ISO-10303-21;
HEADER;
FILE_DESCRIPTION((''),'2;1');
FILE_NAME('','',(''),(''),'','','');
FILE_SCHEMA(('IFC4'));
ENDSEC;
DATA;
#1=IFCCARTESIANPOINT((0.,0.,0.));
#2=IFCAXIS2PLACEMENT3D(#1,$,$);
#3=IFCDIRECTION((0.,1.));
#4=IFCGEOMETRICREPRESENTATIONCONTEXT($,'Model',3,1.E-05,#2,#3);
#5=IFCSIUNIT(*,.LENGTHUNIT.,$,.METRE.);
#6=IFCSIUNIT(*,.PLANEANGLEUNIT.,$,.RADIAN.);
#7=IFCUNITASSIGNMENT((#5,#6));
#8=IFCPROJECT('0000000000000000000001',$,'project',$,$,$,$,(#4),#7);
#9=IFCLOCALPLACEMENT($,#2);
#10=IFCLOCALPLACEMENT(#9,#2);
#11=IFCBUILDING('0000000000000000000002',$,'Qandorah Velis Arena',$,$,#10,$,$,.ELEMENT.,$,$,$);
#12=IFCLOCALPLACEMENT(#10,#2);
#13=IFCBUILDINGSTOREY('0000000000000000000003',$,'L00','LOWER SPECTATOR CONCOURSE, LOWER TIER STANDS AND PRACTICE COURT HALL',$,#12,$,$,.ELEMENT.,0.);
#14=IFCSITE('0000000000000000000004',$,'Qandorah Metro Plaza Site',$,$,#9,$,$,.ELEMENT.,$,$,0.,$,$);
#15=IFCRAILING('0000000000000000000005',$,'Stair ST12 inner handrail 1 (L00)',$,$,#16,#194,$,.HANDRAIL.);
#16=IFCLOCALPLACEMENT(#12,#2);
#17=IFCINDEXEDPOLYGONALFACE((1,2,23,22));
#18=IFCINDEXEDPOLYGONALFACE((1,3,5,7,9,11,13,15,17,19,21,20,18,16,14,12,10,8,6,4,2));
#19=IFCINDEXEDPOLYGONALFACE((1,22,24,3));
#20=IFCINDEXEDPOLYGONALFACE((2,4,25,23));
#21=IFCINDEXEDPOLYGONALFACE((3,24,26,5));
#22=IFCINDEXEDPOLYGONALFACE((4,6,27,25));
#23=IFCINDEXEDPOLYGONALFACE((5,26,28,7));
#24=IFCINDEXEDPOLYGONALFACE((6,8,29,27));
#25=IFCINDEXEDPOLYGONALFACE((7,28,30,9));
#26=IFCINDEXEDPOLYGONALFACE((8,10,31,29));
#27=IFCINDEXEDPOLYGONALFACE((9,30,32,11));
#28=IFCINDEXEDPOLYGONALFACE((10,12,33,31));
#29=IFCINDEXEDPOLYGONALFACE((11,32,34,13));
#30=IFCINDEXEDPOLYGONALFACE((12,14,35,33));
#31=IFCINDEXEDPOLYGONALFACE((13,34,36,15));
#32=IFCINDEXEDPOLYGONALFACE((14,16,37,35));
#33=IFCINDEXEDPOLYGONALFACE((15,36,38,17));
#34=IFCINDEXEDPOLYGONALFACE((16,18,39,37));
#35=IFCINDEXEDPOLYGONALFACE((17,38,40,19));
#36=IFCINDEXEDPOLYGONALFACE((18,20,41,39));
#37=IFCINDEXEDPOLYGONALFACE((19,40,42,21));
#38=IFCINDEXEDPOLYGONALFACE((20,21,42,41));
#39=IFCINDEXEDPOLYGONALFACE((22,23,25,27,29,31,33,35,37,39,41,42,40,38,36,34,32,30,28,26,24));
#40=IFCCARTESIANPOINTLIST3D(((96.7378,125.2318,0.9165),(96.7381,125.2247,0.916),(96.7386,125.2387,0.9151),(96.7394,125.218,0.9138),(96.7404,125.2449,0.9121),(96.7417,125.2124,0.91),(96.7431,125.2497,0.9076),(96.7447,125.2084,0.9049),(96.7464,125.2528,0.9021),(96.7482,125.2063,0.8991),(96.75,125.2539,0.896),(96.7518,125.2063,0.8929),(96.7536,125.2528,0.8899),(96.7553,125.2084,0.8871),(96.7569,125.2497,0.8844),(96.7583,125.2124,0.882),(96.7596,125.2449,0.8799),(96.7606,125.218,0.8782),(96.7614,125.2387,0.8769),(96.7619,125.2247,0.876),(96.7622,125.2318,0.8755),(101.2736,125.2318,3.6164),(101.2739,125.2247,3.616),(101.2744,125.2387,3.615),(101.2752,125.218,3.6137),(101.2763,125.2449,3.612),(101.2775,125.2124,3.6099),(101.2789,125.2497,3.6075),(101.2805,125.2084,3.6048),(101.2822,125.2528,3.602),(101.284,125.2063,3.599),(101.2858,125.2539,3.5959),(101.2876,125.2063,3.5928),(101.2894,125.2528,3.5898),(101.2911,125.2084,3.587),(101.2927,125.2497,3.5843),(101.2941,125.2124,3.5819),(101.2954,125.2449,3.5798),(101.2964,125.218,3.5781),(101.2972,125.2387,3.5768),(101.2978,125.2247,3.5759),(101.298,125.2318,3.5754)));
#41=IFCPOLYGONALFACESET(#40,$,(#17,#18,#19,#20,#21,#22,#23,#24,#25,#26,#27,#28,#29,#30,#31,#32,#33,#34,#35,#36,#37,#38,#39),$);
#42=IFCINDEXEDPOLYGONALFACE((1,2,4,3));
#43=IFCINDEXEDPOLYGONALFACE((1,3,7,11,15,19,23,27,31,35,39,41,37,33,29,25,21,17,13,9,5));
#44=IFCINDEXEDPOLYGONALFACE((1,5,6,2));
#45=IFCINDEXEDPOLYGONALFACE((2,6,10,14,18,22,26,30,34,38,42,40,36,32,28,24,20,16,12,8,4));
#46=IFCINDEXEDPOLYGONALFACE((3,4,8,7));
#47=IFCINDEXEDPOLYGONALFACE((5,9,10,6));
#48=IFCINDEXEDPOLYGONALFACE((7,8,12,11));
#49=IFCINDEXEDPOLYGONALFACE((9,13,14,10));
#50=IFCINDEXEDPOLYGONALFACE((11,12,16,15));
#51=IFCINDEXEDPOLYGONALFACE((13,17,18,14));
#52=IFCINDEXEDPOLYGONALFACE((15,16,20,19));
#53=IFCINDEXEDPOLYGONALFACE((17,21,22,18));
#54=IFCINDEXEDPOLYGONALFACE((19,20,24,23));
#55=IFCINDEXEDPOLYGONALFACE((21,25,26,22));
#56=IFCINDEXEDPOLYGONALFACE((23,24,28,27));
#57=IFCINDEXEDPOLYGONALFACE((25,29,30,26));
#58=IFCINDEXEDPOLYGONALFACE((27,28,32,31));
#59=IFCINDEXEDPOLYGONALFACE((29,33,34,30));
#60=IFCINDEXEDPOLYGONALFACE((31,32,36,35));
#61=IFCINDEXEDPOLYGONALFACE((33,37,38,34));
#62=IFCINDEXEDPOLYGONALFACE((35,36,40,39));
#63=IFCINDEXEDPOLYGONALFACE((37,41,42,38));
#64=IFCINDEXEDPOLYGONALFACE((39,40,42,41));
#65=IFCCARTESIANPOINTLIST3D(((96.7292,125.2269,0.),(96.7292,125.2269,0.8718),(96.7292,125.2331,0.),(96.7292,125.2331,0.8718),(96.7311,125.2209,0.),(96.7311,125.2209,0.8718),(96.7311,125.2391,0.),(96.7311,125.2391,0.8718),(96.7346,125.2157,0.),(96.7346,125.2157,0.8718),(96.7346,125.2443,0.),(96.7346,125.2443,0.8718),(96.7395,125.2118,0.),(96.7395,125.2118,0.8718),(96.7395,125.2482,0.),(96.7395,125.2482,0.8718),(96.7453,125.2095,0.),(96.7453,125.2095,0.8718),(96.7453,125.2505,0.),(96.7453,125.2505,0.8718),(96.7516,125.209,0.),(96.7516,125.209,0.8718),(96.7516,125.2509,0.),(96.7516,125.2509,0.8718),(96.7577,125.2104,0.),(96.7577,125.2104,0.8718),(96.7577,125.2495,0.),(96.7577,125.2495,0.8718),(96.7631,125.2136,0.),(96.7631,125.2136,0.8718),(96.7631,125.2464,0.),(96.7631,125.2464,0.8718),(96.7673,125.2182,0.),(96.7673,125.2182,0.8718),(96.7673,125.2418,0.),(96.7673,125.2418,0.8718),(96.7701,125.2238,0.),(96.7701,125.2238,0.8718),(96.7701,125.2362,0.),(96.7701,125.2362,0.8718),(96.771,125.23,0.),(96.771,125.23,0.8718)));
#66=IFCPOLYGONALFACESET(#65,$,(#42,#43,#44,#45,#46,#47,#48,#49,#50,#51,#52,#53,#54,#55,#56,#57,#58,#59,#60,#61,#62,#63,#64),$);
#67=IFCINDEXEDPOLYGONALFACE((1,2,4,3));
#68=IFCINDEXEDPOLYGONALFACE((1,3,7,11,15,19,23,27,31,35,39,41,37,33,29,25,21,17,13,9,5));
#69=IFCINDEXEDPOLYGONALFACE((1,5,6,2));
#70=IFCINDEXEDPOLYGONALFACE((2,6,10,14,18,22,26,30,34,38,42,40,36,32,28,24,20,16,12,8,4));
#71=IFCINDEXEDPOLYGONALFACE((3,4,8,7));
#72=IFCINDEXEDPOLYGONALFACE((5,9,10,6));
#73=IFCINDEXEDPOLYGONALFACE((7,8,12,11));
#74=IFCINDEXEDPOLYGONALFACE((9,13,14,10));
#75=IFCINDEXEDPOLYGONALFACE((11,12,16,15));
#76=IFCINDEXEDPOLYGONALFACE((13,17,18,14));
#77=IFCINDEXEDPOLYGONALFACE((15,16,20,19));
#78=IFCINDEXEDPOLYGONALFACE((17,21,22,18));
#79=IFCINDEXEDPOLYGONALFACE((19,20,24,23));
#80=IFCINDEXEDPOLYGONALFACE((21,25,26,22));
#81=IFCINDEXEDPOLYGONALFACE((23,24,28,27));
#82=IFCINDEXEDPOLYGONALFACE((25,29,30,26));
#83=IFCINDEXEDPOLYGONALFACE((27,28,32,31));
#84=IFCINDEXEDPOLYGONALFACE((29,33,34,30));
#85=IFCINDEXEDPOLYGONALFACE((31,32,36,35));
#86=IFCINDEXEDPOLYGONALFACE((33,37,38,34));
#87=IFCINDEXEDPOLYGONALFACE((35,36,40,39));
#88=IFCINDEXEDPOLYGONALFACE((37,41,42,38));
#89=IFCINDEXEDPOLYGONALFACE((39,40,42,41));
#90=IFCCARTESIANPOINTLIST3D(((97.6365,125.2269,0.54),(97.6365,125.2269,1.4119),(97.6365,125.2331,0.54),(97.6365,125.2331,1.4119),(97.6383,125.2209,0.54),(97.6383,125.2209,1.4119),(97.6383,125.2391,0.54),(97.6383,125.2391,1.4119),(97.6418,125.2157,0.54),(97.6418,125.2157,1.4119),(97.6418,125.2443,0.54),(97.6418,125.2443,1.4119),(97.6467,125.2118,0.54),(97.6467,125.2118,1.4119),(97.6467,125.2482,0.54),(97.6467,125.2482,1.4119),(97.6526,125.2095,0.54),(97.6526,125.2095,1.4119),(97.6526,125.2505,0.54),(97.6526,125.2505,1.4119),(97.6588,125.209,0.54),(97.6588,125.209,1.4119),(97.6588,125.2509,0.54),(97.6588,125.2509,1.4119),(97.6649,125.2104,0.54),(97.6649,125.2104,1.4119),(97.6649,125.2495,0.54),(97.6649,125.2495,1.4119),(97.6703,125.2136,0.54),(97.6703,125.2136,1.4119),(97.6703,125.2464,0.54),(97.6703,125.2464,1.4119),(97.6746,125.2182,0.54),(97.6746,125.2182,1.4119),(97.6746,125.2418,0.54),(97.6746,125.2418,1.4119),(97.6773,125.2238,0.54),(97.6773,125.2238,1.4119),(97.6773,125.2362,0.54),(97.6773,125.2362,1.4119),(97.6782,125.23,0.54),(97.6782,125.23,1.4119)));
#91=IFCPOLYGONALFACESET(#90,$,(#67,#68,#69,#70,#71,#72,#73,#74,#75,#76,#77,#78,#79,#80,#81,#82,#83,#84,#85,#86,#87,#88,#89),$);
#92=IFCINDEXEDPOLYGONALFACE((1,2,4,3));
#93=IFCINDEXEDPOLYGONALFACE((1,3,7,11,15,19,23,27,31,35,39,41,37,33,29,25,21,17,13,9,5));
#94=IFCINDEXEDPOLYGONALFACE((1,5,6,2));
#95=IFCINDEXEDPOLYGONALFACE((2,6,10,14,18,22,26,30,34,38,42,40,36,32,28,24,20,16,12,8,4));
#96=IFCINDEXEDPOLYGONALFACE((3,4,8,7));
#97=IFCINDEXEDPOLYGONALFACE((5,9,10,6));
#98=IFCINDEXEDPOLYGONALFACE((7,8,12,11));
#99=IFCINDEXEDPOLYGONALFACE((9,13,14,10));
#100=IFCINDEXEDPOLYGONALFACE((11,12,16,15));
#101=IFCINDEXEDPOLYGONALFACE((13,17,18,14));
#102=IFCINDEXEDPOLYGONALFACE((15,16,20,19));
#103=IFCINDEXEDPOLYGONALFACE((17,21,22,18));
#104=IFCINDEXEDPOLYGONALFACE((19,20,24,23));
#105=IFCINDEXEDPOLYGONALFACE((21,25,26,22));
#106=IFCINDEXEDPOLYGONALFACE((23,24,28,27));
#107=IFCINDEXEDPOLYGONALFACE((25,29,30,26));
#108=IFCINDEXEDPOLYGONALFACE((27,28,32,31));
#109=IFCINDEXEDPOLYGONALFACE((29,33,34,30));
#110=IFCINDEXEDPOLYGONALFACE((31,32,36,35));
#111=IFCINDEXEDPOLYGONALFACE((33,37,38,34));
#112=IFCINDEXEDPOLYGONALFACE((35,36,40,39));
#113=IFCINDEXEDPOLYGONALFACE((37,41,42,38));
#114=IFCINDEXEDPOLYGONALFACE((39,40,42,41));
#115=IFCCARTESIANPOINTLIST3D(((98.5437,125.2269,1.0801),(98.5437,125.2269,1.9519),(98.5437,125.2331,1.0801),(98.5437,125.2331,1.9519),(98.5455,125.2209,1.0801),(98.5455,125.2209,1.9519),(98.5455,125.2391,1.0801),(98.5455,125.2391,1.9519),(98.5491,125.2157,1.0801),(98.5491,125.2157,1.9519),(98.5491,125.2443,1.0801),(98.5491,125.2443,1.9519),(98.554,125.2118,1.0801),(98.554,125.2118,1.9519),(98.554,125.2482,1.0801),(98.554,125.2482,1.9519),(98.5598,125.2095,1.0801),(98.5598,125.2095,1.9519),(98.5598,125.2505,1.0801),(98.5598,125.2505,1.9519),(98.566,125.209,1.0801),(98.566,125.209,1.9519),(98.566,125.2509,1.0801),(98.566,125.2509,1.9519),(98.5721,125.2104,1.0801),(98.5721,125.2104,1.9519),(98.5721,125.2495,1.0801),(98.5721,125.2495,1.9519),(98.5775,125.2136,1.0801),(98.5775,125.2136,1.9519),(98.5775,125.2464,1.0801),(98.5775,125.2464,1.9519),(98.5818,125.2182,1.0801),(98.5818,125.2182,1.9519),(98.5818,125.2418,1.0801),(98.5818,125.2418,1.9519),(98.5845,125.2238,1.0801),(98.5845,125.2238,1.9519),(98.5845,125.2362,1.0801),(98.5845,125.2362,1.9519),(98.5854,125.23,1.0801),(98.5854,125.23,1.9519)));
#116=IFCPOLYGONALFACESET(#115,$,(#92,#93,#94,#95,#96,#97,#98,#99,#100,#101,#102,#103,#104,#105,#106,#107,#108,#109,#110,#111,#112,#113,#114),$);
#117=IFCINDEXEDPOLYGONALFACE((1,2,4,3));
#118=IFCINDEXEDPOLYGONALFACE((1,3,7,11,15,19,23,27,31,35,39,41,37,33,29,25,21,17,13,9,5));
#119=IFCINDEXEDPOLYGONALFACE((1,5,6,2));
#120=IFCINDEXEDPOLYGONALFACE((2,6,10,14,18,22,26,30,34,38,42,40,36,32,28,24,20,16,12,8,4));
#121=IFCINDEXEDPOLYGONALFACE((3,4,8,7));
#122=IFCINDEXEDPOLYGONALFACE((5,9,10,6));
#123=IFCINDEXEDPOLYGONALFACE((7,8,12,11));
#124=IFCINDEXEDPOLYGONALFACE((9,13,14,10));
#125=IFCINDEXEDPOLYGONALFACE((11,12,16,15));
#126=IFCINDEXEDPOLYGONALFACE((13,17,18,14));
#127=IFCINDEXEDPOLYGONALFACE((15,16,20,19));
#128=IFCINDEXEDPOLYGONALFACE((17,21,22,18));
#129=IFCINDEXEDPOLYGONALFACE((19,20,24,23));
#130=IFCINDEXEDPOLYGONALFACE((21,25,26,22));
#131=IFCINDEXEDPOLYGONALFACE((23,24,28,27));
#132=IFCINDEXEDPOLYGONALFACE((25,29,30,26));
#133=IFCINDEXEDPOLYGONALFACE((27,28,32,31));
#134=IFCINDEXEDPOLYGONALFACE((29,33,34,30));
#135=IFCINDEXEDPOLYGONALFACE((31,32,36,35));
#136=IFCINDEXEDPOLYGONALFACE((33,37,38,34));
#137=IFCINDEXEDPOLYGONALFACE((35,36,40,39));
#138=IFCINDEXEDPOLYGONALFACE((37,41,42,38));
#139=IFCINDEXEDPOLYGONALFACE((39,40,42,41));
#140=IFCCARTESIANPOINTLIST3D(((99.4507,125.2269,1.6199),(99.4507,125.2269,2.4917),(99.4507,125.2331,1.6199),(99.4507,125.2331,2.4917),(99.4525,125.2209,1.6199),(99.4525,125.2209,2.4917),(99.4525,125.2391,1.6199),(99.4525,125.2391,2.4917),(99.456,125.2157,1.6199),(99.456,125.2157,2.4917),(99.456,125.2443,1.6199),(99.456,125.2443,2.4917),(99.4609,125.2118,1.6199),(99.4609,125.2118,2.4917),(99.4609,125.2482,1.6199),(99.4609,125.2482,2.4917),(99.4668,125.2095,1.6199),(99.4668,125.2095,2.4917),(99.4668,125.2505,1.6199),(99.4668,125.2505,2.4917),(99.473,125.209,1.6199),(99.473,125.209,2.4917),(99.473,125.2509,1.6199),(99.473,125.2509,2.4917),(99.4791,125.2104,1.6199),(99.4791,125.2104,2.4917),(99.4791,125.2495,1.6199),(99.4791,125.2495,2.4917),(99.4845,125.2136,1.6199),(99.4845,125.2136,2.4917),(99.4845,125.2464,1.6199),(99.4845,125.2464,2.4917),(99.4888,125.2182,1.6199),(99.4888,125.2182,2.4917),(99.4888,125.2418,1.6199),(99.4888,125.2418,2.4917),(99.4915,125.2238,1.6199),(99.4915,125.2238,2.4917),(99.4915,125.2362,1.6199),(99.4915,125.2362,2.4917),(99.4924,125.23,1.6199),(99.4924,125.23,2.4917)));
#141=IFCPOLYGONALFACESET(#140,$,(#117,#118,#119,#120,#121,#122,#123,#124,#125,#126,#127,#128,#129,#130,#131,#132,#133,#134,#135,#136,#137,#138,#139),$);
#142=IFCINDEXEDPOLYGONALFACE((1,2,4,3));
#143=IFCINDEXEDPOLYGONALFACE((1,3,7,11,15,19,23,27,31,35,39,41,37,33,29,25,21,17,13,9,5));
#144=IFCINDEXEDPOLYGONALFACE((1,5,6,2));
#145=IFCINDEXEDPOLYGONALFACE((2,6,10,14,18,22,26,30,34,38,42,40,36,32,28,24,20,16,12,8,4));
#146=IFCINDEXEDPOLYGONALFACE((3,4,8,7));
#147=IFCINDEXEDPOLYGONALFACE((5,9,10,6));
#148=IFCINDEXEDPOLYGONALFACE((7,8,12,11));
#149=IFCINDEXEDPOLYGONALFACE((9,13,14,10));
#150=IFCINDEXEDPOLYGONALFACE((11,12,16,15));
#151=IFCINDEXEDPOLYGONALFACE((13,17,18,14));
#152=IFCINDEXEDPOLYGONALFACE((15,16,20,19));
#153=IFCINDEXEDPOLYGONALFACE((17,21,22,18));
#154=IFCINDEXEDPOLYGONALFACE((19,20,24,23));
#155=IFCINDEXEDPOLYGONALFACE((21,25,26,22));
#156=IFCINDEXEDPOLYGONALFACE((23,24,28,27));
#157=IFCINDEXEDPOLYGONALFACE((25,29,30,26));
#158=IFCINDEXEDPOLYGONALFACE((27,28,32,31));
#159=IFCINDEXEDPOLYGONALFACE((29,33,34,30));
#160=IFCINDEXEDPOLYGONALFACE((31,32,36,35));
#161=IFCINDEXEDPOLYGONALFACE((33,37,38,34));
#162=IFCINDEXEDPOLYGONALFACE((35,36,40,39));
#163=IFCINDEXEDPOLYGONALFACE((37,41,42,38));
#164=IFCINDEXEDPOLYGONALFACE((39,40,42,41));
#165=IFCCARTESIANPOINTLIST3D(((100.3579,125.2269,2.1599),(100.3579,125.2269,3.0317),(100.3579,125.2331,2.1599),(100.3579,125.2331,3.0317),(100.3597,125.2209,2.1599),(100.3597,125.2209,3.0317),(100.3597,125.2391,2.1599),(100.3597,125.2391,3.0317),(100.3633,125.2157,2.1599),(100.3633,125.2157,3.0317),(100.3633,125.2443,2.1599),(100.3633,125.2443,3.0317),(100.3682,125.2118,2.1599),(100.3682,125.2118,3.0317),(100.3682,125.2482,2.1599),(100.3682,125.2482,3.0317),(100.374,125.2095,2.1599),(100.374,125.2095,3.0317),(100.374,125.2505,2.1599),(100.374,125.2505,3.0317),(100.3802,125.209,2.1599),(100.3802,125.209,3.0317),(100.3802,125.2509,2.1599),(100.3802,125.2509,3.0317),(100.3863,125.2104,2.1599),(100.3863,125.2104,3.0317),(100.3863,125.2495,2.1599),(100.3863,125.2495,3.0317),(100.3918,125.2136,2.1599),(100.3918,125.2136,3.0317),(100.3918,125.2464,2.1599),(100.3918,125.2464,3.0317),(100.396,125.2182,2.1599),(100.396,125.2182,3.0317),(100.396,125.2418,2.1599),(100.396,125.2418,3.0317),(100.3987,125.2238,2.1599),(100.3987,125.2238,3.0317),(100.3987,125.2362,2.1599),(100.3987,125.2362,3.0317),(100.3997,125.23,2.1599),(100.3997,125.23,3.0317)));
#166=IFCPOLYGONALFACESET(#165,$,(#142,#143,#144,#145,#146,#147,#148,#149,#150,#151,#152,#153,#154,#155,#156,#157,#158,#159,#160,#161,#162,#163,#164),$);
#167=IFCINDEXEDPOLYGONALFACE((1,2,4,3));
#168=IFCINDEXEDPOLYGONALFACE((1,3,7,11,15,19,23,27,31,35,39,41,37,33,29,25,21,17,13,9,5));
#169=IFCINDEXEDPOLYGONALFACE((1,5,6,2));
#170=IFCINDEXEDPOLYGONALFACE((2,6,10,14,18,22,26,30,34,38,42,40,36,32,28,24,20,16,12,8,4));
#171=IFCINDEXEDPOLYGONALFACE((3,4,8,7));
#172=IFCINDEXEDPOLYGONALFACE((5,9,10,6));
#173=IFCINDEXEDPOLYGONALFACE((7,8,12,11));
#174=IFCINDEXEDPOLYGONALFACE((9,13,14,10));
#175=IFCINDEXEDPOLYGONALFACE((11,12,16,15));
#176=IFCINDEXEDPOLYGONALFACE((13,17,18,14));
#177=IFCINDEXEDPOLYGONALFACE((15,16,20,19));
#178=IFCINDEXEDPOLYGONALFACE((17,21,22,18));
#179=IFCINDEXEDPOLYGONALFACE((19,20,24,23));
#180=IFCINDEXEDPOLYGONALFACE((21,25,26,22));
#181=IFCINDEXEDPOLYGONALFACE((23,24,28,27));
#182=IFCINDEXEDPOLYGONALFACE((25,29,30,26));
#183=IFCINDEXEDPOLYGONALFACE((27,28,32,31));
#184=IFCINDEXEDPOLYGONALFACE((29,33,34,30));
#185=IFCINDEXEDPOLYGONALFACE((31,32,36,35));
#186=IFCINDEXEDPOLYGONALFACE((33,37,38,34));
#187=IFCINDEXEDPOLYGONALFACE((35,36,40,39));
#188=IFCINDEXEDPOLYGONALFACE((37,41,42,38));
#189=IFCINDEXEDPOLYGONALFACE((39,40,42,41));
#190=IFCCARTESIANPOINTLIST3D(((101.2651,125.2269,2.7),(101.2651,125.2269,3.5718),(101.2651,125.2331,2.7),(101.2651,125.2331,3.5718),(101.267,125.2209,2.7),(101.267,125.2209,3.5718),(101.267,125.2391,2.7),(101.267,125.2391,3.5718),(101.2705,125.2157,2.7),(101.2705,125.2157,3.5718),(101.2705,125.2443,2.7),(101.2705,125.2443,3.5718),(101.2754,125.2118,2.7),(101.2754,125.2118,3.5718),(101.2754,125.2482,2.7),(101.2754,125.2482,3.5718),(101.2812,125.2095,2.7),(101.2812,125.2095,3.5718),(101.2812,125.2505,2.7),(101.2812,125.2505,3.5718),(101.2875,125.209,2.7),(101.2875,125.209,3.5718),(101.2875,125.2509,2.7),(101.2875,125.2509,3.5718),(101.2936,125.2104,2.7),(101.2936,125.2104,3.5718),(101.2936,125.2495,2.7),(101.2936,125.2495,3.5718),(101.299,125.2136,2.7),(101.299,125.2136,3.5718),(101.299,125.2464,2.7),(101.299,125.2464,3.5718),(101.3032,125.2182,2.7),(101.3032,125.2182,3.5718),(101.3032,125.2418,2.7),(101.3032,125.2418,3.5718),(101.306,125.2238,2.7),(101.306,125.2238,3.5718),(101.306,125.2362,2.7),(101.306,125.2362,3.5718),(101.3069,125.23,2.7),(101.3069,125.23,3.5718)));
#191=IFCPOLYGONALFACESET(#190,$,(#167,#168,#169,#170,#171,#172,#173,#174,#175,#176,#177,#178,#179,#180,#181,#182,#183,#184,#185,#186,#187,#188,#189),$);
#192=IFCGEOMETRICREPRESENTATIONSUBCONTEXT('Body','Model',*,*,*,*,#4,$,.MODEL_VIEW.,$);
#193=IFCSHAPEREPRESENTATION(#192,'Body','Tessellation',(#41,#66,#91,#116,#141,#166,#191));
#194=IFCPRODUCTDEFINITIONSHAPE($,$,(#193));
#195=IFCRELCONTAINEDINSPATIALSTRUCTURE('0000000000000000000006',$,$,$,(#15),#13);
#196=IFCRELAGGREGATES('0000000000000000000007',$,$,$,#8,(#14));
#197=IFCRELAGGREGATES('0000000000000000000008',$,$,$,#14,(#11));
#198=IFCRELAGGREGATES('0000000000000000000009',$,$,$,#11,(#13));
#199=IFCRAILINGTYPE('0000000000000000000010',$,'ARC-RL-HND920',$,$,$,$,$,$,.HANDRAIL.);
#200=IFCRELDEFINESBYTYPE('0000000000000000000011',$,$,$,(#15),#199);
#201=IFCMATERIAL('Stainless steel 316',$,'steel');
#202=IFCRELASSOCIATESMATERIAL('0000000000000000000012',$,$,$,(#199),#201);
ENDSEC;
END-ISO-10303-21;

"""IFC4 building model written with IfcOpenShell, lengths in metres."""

from ifc_helpers import new_model, si_unit, direction, frame, origin, origin_2d, place, context, subcontext, project, spatial, circle, extrude, material, type_object, element, save


model = new_model("IFC4")

# Units and contexts
model_context = context("Model", 3, precision=1e-05, world=origin(), true_north=direction((0.0, 1.0)))
body_context = subcontext(model_context, "Body", "Model", "MODEL_VIEW")
ifc_project = project(units=[si_unit("LENGTHUNIT", "METRE"), si_unit("PLANEANGLEUNIT", "RADIAN")], contexts=[model_context])

# Site, building, storey
site_placement = place(None, origin())
site = spatial("IfcSite", under=ifc_project, at=site_placement, Name="Qandorah Metro Plaza Site", CompositionType="ELEMENT", RefElevation=0.0)
building_placement = place(site_placement, origin())
building = spatial("IfcBuilding", under=site, at=building_placement, Name="Qandorah Velis Arena", CompositionType="ELEMENT")
storey_placement = place(building_placement, origin())
storey = spatial("IfcBuildingStorey", under=building, at=storey_placement, Name="L00", Description="LOWER SPECTATOR CONCOURSE, LOWER TIER STANDS AND PRACTICE COURT HALL", CompositionType="ELEMENT", Elevation=0.0)

# Railing
ifc_material_1 = material(Name="Stainless steel 316", Category="steel")
railing_type_1 = type_object("IfcRailingType", Name="ARC-RL-HND920", PredefinedType="HANDRAIL", material=ifc_material_1)
railing_1_placement = place(storey_placement, frame((96.75, 125.23, 0.0)))
element("IfcRailing", 1, at=railing_1_placement, inside=storey, type_object=railing_type_1, Name="Stair ST12 inner handrail 1 (L00)", PredefinedType="HANDRAIL", context=body_context, shape_type="SweptSolid", body=[
    extrude(circle(Radius=0.0239, at=origin_2d()), frame((0.0, 0.0, 0.896), z_axis=(0.859291, 0.0, 0.511486), x_axis=(0.0, 1.0, 0.0)), (0.0, 0.0, 1.0), 5.2786),
    extrude(circle(Radius=0.021, at=origin_2d()), origin(), (0.0, 0.0, 1.0), 0.8718),
    extrude(circle(Radius=0.021, at=origin_2d()), frame((0.9072, 0.0, 0.54)), (0.0, 0.0, 1.0), 0.8718),
    extrude(circle(Radius=0.021, at=origin_2d()), frame((1.8145, 0.0, 1.0801)), (0.0, 0.0, 1.0), 0.8718),
    extrude(circle(Radius=0.021, at=origin_2d()), frame((2.7214, 0.0, 1.6199)), (0.0, 0.0, 1.0), 0.8718),
    extrude(circle(Radius=0.021, at=origin_2d()), frame((3.6287, 0.0, 2.1599)), (0.0, 0.0, 1.0), 0.8718),
    extrude(circle(Radius=0.021, at=origin_2d()), frame((4.5359, 0.0, 2.7)), (0.0, 0.0, 1.0), 0.8718),
])

save(model, "model.ifc")
